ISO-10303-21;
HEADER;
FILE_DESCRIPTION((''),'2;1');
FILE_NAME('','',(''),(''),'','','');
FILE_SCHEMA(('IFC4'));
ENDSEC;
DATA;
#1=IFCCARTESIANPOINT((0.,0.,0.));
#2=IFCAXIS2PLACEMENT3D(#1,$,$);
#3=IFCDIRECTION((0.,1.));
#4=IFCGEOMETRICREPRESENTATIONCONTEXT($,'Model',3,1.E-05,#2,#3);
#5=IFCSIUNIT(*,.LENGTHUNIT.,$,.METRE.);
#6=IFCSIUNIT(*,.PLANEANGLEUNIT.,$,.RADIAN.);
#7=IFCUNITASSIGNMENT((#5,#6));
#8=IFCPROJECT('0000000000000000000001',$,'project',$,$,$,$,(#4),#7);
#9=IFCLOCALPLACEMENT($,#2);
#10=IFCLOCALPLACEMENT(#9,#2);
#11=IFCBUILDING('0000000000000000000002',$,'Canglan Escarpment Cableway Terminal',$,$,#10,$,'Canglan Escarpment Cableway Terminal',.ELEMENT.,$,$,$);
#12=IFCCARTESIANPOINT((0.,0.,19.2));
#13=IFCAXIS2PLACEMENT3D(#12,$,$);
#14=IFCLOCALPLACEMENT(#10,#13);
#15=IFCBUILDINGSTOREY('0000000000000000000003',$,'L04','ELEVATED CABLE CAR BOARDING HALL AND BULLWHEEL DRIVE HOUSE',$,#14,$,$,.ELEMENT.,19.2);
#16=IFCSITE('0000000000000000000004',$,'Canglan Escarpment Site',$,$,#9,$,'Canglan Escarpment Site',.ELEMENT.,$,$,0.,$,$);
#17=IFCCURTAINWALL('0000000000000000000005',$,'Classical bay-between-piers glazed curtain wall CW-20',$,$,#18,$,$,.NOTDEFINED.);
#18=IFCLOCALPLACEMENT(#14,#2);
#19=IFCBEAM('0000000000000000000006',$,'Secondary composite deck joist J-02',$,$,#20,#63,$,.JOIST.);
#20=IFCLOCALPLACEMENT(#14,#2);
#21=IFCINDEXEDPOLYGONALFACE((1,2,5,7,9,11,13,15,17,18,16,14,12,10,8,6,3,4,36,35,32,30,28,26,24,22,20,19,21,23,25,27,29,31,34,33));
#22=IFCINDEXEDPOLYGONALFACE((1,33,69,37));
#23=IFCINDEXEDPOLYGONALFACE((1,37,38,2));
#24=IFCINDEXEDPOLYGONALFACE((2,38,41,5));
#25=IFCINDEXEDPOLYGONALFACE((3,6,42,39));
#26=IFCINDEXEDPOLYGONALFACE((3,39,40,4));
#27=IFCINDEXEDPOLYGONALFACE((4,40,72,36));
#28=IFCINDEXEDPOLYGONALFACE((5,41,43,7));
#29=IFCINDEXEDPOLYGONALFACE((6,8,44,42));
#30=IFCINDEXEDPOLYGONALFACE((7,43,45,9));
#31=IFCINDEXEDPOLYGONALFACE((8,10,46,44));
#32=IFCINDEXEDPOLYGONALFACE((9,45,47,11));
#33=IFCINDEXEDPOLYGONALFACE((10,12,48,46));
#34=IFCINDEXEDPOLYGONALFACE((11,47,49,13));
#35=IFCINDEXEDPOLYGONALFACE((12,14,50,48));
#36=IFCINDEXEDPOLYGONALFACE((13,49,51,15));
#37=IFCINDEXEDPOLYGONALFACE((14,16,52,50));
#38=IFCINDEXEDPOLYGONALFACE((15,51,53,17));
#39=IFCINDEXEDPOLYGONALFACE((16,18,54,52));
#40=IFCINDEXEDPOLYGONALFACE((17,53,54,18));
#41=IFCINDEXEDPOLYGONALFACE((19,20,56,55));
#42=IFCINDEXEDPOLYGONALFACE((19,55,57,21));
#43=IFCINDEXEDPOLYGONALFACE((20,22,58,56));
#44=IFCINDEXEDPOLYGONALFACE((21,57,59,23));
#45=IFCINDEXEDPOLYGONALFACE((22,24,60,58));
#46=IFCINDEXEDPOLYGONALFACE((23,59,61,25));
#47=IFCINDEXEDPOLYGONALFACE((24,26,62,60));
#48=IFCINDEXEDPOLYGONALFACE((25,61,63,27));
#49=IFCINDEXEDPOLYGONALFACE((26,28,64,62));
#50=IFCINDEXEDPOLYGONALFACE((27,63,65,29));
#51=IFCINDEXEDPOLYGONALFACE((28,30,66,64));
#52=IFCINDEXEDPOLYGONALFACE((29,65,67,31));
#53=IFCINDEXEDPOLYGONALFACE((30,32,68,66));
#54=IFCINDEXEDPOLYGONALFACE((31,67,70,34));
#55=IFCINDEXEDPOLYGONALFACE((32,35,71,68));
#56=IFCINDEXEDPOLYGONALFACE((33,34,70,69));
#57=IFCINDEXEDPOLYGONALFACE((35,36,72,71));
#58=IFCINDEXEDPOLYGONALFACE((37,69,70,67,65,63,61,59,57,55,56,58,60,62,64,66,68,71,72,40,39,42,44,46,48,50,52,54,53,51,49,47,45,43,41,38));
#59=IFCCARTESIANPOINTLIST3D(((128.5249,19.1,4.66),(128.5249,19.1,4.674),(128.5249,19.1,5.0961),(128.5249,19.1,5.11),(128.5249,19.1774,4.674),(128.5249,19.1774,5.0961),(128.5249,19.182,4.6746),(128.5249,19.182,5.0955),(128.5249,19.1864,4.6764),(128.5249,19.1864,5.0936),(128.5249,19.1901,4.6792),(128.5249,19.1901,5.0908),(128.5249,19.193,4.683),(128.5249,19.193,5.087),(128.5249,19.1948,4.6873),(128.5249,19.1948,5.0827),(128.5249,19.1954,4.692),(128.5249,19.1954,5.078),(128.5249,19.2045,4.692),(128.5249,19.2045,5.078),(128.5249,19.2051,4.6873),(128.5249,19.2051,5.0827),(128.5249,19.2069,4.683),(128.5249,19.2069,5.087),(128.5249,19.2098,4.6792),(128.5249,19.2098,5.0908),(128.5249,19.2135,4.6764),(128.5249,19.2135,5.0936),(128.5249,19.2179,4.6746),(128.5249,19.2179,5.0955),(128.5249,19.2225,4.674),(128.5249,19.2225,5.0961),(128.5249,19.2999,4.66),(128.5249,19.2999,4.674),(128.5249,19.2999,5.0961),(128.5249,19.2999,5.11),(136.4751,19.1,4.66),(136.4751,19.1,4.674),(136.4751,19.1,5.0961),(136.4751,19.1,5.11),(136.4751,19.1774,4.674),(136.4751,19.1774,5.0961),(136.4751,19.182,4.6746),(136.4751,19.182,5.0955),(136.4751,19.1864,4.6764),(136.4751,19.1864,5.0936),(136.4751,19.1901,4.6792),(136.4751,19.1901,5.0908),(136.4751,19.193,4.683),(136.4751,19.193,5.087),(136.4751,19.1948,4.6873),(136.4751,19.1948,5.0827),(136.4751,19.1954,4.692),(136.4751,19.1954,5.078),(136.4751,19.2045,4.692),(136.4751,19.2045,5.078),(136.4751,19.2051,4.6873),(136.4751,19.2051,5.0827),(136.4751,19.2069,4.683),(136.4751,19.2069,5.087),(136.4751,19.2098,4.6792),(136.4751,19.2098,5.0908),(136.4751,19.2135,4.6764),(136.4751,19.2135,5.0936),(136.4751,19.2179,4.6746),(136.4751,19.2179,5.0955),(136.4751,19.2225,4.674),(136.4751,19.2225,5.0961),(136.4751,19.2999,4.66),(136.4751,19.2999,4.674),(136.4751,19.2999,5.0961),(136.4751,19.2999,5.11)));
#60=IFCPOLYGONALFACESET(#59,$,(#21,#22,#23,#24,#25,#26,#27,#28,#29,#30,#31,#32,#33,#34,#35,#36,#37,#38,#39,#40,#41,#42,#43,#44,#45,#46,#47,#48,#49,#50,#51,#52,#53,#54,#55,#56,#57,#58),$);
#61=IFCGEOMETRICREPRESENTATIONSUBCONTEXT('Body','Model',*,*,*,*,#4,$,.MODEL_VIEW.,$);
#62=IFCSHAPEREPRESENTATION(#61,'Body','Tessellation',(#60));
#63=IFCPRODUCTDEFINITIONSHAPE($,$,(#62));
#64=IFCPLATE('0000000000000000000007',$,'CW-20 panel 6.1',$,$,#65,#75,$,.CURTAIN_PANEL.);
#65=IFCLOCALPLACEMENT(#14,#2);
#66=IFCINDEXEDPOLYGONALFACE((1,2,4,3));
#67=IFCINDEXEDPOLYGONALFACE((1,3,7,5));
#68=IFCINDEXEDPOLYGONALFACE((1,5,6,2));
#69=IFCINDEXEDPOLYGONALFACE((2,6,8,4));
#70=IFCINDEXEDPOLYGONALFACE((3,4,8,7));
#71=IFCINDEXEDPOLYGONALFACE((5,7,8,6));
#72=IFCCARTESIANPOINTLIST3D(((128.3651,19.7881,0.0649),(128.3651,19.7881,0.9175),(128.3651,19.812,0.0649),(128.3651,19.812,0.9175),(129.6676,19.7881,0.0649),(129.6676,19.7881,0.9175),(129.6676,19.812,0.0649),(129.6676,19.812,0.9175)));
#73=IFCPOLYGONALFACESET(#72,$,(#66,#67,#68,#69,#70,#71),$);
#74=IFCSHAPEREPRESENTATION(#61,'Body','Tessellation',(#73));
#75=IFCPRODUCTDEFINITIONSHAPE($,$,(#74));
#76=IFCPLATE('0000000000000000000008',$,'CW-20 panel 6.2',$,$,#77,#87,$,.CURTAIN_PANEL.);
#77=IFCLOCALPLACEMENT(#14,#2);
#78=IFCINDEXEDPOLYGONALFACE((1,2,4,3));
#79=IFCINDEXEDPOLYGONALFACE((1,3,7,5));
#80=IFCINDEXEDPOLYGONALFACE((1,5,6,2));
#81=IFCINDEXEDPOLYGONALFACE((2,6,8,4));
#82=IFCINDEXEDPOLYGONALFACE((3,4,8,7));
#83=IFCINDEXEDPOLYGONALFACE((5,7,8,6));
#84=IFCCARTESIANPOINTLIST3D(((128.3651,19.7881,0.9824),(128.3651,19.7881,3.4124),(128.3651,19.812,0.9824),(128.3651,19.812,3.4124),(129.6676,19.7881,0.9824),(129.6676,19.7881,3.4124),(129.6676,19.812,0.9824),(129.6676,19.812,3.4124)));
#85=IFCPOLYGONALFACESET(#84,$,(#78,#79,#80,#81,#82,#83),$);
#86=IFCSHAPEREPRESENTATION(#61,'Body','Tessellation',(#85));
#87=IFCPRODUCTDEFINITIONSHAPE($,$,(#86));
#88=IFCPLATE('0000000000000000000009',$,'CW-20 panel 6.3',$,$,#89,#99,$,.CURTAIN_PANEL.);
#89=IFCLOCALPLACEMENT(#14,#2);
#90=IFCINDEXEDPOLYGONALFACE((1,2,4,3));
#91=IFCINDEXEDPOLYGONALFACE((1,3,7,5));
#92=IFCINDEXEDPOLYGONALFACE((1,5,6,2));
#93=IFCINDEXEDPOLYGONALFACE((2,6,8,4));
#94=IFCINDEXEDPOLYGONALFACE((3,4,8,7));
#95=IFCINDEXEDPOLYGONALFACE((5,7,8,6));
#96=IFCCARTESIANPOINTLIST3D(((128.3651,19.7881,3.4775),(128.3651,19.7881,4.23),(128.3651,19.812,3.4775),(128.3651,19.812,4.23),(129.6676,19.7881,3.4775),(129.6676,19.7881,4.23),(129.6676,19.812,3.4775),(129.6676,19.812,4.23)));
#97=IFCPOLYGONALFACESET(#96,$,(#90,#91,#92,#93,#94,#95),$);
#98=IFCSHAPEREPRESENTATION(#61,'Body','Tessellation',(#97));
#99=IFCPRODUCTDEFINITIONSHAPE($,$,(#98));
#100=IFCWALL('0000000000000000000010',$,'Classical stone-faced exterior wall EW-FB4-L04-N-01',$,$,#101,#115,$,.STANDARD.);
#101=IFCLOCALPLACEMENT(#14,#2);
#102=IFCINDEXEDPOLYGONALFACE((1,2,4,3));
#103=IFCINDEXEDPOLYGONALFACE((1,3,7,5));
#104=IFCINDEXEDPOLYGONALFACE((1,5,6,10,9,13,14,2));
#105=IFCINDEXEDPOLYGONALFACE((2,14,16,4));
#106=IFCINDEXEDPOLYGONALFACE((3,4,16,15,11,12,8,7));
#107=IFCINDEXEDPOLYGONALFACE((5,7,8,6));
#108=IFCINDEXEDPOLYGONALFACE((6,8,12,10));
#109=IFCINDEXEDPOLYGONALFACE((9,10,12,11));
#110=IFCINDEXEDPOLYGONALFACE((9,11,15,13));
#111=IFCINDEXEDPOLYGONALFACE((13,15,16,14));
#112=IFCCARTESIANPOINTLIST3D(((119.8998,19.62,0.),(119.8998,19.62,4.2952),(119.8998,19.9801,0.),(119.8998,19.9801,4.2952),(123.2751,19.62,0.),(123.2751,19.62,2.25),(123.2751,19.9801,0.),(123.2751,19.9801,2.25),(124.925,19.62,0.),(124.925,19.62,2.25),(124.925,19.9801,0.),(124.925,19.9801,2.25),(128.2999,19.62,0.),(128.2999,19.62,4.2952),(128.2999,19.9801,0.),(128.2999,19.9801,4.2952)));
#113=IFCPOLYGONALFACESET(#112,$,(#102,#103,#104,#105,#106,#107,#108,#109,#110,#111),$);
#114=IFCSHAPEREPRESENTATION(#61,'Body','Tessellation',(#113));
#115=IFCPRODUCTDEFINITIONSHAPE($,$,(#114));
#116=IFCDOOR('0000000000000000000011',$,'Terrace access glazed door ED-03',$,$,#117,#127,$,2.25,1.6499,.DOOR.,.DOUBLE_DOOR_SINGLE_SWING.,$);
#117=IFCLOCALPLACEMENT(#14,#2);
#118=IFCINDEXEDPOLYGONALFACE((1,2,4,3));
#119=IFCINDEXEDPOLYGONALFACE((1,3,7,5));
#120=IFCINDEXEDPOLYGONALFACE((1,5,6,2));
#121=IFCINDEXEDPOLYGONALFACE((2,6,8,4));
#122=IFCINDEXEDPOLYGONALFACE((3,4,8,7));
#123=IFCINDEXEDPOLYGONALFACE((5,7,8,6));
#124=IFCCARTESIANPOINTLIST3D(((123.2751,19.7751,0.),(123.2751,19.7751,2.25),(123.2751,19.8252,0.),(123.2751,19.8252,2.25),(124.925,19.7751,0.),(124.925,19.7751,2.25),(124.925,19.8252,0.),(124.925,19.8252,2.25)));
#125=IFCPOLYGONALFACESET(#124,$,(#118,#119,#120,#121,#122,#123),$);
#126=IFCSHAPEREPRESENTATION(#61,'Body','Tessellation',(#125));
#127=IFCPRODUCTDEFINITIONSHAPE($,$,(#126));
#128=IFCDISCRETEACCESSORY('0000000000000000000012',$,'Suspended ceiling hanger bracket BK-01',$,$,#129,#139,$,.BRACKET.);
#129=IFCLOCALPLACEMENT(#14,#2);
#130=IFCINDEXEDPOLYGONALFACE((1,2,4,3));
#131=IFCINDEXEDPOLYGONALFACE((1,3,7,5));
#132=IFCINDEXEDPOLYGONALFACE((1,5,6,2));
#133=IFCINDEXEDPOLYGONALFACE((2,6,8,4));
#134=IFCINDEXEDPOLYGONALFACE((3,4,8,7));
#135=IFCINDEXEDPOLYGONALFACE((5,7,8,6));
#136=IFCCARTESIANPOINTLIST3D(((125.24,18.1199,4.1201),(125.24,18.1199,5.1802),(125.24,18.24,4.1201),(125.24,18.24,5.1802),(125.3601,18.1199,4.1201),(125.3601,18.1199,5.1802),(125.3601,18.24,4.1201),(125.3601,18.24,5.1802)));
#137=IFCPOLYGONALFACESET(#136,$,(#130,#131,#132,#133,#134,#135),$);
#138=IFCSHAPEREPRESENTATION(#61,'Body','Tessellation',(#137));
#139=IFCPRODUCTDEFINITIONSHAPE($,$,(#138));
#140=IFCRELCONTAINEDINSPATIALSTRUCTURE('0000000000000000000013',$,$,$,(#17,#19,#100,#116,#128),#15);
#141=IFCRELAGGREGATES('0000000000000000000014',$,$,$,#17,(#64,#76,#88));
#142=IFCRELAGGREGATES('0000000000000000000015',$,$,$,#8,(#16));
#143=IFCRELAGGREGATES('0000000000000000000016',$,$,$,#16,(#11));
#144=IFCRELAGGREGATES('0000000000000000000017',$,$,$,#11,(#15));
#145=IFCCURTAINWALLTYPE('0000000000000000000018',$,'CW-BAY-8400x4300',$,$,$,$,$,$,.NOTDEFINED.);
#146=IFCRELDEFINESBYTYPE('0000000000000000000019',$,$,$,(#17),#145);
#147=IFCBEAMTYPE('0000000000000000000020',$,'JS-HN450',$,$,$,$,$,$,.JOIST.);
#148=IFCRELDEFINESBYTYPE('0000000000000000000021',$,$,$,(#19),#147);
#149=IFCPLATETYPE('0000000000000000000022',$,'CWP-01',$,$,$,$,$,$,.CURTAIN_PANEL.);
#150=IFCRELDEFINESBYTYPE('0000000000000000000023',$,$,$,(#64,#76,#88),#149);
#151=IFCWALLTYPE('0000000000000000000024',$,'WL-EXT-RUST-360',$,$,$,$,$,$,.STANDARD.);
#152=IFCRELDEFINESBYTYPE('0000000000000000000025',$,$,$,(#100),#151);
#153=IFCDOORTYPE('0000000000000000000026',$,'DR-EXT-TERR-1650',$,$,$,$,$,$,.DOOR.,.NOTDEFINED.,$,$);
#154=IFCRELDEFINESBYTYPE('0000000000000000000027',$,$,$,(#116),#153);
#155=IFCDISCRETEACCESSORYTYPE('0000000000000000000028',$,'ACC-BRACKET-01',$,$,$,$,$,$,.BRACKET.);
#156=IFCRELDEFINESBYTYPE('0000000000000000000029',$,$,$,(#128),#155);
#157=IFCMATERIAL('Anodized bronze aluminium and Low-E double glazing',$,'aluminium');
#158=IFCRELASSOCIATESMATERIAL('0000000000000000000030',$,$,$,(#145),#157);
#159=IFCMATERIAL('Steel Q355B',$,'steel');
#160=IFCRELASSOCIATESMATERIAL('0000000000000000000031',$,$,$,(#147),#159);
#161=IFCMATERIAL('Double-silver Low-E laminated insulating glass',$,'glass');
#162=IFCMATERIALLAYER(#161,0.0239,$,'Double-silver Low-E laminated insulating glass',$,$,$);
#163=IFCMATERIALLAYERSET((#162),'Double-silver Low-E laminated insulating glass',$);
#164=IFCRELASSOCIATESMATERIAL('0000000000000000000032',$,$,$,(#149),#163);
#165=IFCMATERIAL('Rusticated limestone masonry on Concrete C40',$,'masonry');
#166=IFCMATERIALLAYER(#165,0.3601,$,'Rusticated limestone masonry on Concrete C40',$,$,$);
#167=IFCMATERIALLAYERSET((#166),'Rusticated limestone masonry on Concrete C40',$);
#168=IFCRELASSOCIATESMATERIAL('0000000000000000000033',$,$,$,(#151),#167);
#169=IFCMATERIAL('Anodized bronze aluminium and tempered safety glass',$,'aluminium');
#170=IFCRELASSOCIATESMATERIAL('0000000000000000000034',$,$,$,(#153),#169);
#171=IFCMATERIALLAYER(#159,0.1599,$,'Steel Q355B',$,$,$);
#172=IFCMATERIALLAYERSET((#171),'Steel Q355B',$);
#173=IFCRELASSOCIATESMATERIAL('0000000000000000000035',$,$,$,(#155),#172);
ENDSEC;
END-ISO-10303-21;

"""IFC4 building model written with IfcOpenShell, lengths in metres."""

from ifc_helpers import new_model, si_unit, direction, frame, frame_2d, origin, origin_2d, place, context, subcontext, project, spatial, rectangle, i_section, extrude, material, layer, layer_set, material_profile, profile_set, type_object, element, fill, aggregate, save


model = new_model("IFC4")

# Units and contexts
model_context = context("Model", 3, precision=1e-05, world=origin(), true_north=direction((0.0, 1.0)))
body_context = subcontext(model_context, "Body", "Model", "MODEL_VIEW")
ifc_project = project(units=[si_unit("LENGTHUNIT", "METRE"), si_unit("PLANEANGLEUNIT", "RADIAN")], contexts=[model_context])

# Site, building, storey
site_placement = place(None, origin())
site = spatial("IfcSite", under=ifc_project, at=site_placement, Name="Canglan Escarpment Site", LongName="Canglan Escarpment Site", CompositionType="ELEMENT", RefElevation=0.0)
building_placement = place(site_placement, origin())
building = spatial("IfcBuilding", under=site, at=building_placement, Name="Canglan Escarpment Cableway Terminal", LongName="Canglan Escarpment Cableway Terminal", CompositionType="ELEMENT")
storey_placement = place(building_placement, frame((0.0, 0.0, 19.2)))
storey = spatial("IfcBuildingStorey", under=building, at=storey_placement, Name="L04", Description="ELEVATED CABLE CAR BOARDING HALL AND BULLWHEEL DRIVE HOUSE", CompositionType="ELEMENT", Elevation=19.2)

# Curtain wall
ifc_material_1 = material(Name="Anodized bronze aluminium and Low-E double glazing", Category="aluminium")
curtain_wall_type = type_object("IfcCurtainWallType", Name="CW-BAY-8400x4300", PredefinedType="NOTDEFINED", material=ifc_material_1)
curtain_wall_placement = place(storey_placement, origin())
curtain_wall = element("IfcCurtainWall", 1, at=curtain_wall_placement, inside=storey, type_object=curtain_wall_type, Name="Classical bay-between-piers glazed curtain wall CW-20", PredefinedType="NOTDEFINED")

# Beam
ifc_material_2 = material(Name="Steel Q355B", Category="steel")
ifc_material_profile_1 = material_profile(ifc_material_2, i_section(OverallWidth=0.2, OverallDepth=0.45, WebThickness=0.009, FlangeThickness=0.0139, FilletRadius=0.0181, at=origin_2d()), Name="HN 450x200x9x14")
ifc_profile_set_1 = profile_set([ifc_material_profile_1], Name="Steel Q355B")
beam_type_1 = type_object("IfcBeamType", Name="JS-HN450", PredefinedType="JOIST", material=ifc_profile_set_1)
beam_1_placement = place(storey_placement, frame((128.5249, 19.2, 4.885), z_axis=(1.0, 0.0, 0.0), x_axis=(0.0, 1.0, 0.0)))
element("IfcBeam", 2, at=beam_1_placement, inside=storey, type_object=beam_type_1, Name="Secondary composite deck joist J-02", PredefinedType="JOIST", context=body_context, shape_type="SweptSolid", body=[
    extrude(i_section(OverallWidth=0.2, OverallDepth=0.45, WebThickness=0.009, FlangeThickness=0.0139, FilletRadius=0.0181, at=origin_2d()), origin(), (0.0, 0.0, 1.0), 7.9502),
])

# Plates
ifc_material_3 = material(Name="Double-silver Low-E laminated insulating glass", Category="glass")
ifc_layer_1 = layer(ifc_material_3, 0.0239, Name="Double-silver Low-E laminated insulating glass")
ifc_layer_set_1 = layer_set([ifc_layer_1], Name="Double-silver Low-E laminated insulating glass")
plate_type = type_object("IfcPlateType", Name="CWP-01", PredefinedType="CURTAIN_PANEL", material=ifc_layer_set_1)
plate_1_placement = place(storey_placement, frame((129.0164, 19.8, 0.0649), z_axis=(0.0, 0.0, 1.0), x_axis=(-1.0, 0.0, 0.0)))
plate_1 = element("IfcPlate", 3, at=plate_1_placement, type_object=plate_type, Name="CW-20 panel 6.1", PredefinedType="CURTAIN_PANEL", context=body_context, shape_type="SweptSolid", body=[
    extrude(rectangle(XDim=1.3025, YDim=0.0239, at=origin_2d()), origin(), (0.0, 0.0, 1.0), 0.8525),
])
plate_2_placement = place(storey_placement, frame((129.0164, 19.8, 0.9824), z_axis=(0.0, 0.0, 1.0), x_axis=(-1.0, 0.0, 0.0)))
plate_2 = element("IfcPlate", 4, at=plate_2_placement, type_object=plate_type, Name="CW-20 panel 6.2", PredefinedType="CURTAIN_PANEL", context=body_context, shape_type="SweptSolid", body=[
    extrude(rectangle(XDim=1.3025, YDim=0.0239, at=origin_2d()), origin(), (0.0, 0.0, 1.0), 2.4299),
])
plate_3_placement = place(storey_placement, frame((129.0164, 19.8, 3.4775), z_axis=(0.0, 0.0, 1.0), x_axis=(-1.0, 0.0, 0.0)))
plate_3 = element("IfcPlate", 5, at=plate_3_placement, type_object=plate_type, Name="CW-20 panel 6.3", PredefinedType="CURTAIN_PANEL", context=body_context, shape_type="SweptSolid", body=[
    extrude(rectangle(XDim=1.3025, YDim=0.0239, at=origin_2d()), origin(), (0.0, 0.0, 1.0), 0.7524),
])
aggregate(curtain_wall, [plate_1, plate_2, plate_3])

# Wall, opening, door
ifc_material_4 = material(Name="Rusticated limestone masonry on Concrete C40", Category="masonry")
ifc_layer_2 = layer(ifc_material_4, 0.3601, Name="Rusticated limestone masonry on Concrete C40")
ifc_layer_set_2 = layer_set([ifc_layer_2], Name="Rusticated limestone masonry on Concrete C40")
wall_type = type_object("IfcWallType", Name="WL-EXT-RUST-360", PredefinedType="STANDARD", material=ifc_layer_set_2)
wall_placement = place(storey_placement, frame((128.3, 19.8, 0.0), z_axis=(0.0, 0.0, 1.0), x_axis=(-1.0, 0.0, 0.0)))
wall = element("IfcWall", 6, at=wall_placement, inside=storey, type_object=wall_type, Name="Classical stone-faced exterior wall EW-FB4-L04-N-01", PredefinedType="STANDARD", context=body_context, shape_type="SweptSolid", body=[
    extrude(rectangle(XDim=8.4001, YDim=0.3601, at=frame_2d((4.2002, 0.0))), origin(), (0.0, 0.0, 1.0), 4.2952),
])
opening_placement = place(wall_placement, frame((3.375, 0.0, 0.0)))
opening = element("IfcOpeningElement", 7, at=opening_placement, cuts=wall, PredefinedType="OPENING", context=body_context, shape_type="SweptSolid", body=[
    extrude(rectangle(XDim=1.6499, YDim=2.25, at=frame_2d((0.825, 1.125))), frame((0.0, 0.1899, 0.0), z_axis=(0.0, -1.0, 0.0), x_axis=(1.0, 0.0, 0.0)), (0.0, 0.0, 1.0), 0.3801),
])
ifc_material_5 = material(Name="Anodized bronze aluminium and tempered safety glass", Category="aluminium")
door_type = type_object("IfcDoorType", Name="DR-EXT-TERR-1650", OperationType="NOTDEFINED", PredefinedType="DOOR", material=ifc_material_5)
door_placement = place(opening_placement, origin())
door = element("IfcDoor", 8, at=door_placement, inside=storey, type_object=door_type, Name="Terrace access glazed door ED-03", OperationType="DOUBLE_DOOR_SINGLE_SWING", OverallHeight=2.25, OverallWidth=1.6499, PredefinedType="DOOR", context=body_context, shape_type="SweptSolid", body=[
    extrude(rectangle(XDim=1.6499, YDim=2.25, at=frame_2d((0.825, 1.125))), frame((0.0, 0.0249, 0.0), z_axis=(0.0, -1.0, 0.0), x_axis=(1.0, 0.0, 0.0)), (0.0, 0.0, 1.0), 0.05),
])
fill(opening, door)

# Discrete accessory
ifc_layer_3 = layer(ifc_material_2, 0.1599, Name="Steel Q355B")
ifc_layer_set_3 = layer_set([ifc_layer_3], Name="Steel Q355B")
discrete_accessory_type = type_object("IfcDiscreteAccessoryType", Name="ACC-BRACKET-01", PredefinedType="BRACKET", material=ifc_layer_set_3)
discrete_accessory_placement = place(storey_placement, frame((125.3, 18.1799, 4.1201), z_axis=(0.0, 0.0, 1.0), x_axis=(1.0, 0.0, 0.0)))
element("IfcDiscreteAccessory", 9, at=discrete_accessory_placement, inside=storey, type_object=discrete_accessory_type, Name="Suspended ceiling hanger bracket BK-01", PredefinedType="BRACKET", context=body_context, shape_type="SweptSolid", body=[
    extrude(rectangle(XDim=0.1201, YDim=0.1201, at=origin_2d()), origin(), (0.0, 0.0, 1.0), 1.0601),
])

save(model, "model.ifc")
